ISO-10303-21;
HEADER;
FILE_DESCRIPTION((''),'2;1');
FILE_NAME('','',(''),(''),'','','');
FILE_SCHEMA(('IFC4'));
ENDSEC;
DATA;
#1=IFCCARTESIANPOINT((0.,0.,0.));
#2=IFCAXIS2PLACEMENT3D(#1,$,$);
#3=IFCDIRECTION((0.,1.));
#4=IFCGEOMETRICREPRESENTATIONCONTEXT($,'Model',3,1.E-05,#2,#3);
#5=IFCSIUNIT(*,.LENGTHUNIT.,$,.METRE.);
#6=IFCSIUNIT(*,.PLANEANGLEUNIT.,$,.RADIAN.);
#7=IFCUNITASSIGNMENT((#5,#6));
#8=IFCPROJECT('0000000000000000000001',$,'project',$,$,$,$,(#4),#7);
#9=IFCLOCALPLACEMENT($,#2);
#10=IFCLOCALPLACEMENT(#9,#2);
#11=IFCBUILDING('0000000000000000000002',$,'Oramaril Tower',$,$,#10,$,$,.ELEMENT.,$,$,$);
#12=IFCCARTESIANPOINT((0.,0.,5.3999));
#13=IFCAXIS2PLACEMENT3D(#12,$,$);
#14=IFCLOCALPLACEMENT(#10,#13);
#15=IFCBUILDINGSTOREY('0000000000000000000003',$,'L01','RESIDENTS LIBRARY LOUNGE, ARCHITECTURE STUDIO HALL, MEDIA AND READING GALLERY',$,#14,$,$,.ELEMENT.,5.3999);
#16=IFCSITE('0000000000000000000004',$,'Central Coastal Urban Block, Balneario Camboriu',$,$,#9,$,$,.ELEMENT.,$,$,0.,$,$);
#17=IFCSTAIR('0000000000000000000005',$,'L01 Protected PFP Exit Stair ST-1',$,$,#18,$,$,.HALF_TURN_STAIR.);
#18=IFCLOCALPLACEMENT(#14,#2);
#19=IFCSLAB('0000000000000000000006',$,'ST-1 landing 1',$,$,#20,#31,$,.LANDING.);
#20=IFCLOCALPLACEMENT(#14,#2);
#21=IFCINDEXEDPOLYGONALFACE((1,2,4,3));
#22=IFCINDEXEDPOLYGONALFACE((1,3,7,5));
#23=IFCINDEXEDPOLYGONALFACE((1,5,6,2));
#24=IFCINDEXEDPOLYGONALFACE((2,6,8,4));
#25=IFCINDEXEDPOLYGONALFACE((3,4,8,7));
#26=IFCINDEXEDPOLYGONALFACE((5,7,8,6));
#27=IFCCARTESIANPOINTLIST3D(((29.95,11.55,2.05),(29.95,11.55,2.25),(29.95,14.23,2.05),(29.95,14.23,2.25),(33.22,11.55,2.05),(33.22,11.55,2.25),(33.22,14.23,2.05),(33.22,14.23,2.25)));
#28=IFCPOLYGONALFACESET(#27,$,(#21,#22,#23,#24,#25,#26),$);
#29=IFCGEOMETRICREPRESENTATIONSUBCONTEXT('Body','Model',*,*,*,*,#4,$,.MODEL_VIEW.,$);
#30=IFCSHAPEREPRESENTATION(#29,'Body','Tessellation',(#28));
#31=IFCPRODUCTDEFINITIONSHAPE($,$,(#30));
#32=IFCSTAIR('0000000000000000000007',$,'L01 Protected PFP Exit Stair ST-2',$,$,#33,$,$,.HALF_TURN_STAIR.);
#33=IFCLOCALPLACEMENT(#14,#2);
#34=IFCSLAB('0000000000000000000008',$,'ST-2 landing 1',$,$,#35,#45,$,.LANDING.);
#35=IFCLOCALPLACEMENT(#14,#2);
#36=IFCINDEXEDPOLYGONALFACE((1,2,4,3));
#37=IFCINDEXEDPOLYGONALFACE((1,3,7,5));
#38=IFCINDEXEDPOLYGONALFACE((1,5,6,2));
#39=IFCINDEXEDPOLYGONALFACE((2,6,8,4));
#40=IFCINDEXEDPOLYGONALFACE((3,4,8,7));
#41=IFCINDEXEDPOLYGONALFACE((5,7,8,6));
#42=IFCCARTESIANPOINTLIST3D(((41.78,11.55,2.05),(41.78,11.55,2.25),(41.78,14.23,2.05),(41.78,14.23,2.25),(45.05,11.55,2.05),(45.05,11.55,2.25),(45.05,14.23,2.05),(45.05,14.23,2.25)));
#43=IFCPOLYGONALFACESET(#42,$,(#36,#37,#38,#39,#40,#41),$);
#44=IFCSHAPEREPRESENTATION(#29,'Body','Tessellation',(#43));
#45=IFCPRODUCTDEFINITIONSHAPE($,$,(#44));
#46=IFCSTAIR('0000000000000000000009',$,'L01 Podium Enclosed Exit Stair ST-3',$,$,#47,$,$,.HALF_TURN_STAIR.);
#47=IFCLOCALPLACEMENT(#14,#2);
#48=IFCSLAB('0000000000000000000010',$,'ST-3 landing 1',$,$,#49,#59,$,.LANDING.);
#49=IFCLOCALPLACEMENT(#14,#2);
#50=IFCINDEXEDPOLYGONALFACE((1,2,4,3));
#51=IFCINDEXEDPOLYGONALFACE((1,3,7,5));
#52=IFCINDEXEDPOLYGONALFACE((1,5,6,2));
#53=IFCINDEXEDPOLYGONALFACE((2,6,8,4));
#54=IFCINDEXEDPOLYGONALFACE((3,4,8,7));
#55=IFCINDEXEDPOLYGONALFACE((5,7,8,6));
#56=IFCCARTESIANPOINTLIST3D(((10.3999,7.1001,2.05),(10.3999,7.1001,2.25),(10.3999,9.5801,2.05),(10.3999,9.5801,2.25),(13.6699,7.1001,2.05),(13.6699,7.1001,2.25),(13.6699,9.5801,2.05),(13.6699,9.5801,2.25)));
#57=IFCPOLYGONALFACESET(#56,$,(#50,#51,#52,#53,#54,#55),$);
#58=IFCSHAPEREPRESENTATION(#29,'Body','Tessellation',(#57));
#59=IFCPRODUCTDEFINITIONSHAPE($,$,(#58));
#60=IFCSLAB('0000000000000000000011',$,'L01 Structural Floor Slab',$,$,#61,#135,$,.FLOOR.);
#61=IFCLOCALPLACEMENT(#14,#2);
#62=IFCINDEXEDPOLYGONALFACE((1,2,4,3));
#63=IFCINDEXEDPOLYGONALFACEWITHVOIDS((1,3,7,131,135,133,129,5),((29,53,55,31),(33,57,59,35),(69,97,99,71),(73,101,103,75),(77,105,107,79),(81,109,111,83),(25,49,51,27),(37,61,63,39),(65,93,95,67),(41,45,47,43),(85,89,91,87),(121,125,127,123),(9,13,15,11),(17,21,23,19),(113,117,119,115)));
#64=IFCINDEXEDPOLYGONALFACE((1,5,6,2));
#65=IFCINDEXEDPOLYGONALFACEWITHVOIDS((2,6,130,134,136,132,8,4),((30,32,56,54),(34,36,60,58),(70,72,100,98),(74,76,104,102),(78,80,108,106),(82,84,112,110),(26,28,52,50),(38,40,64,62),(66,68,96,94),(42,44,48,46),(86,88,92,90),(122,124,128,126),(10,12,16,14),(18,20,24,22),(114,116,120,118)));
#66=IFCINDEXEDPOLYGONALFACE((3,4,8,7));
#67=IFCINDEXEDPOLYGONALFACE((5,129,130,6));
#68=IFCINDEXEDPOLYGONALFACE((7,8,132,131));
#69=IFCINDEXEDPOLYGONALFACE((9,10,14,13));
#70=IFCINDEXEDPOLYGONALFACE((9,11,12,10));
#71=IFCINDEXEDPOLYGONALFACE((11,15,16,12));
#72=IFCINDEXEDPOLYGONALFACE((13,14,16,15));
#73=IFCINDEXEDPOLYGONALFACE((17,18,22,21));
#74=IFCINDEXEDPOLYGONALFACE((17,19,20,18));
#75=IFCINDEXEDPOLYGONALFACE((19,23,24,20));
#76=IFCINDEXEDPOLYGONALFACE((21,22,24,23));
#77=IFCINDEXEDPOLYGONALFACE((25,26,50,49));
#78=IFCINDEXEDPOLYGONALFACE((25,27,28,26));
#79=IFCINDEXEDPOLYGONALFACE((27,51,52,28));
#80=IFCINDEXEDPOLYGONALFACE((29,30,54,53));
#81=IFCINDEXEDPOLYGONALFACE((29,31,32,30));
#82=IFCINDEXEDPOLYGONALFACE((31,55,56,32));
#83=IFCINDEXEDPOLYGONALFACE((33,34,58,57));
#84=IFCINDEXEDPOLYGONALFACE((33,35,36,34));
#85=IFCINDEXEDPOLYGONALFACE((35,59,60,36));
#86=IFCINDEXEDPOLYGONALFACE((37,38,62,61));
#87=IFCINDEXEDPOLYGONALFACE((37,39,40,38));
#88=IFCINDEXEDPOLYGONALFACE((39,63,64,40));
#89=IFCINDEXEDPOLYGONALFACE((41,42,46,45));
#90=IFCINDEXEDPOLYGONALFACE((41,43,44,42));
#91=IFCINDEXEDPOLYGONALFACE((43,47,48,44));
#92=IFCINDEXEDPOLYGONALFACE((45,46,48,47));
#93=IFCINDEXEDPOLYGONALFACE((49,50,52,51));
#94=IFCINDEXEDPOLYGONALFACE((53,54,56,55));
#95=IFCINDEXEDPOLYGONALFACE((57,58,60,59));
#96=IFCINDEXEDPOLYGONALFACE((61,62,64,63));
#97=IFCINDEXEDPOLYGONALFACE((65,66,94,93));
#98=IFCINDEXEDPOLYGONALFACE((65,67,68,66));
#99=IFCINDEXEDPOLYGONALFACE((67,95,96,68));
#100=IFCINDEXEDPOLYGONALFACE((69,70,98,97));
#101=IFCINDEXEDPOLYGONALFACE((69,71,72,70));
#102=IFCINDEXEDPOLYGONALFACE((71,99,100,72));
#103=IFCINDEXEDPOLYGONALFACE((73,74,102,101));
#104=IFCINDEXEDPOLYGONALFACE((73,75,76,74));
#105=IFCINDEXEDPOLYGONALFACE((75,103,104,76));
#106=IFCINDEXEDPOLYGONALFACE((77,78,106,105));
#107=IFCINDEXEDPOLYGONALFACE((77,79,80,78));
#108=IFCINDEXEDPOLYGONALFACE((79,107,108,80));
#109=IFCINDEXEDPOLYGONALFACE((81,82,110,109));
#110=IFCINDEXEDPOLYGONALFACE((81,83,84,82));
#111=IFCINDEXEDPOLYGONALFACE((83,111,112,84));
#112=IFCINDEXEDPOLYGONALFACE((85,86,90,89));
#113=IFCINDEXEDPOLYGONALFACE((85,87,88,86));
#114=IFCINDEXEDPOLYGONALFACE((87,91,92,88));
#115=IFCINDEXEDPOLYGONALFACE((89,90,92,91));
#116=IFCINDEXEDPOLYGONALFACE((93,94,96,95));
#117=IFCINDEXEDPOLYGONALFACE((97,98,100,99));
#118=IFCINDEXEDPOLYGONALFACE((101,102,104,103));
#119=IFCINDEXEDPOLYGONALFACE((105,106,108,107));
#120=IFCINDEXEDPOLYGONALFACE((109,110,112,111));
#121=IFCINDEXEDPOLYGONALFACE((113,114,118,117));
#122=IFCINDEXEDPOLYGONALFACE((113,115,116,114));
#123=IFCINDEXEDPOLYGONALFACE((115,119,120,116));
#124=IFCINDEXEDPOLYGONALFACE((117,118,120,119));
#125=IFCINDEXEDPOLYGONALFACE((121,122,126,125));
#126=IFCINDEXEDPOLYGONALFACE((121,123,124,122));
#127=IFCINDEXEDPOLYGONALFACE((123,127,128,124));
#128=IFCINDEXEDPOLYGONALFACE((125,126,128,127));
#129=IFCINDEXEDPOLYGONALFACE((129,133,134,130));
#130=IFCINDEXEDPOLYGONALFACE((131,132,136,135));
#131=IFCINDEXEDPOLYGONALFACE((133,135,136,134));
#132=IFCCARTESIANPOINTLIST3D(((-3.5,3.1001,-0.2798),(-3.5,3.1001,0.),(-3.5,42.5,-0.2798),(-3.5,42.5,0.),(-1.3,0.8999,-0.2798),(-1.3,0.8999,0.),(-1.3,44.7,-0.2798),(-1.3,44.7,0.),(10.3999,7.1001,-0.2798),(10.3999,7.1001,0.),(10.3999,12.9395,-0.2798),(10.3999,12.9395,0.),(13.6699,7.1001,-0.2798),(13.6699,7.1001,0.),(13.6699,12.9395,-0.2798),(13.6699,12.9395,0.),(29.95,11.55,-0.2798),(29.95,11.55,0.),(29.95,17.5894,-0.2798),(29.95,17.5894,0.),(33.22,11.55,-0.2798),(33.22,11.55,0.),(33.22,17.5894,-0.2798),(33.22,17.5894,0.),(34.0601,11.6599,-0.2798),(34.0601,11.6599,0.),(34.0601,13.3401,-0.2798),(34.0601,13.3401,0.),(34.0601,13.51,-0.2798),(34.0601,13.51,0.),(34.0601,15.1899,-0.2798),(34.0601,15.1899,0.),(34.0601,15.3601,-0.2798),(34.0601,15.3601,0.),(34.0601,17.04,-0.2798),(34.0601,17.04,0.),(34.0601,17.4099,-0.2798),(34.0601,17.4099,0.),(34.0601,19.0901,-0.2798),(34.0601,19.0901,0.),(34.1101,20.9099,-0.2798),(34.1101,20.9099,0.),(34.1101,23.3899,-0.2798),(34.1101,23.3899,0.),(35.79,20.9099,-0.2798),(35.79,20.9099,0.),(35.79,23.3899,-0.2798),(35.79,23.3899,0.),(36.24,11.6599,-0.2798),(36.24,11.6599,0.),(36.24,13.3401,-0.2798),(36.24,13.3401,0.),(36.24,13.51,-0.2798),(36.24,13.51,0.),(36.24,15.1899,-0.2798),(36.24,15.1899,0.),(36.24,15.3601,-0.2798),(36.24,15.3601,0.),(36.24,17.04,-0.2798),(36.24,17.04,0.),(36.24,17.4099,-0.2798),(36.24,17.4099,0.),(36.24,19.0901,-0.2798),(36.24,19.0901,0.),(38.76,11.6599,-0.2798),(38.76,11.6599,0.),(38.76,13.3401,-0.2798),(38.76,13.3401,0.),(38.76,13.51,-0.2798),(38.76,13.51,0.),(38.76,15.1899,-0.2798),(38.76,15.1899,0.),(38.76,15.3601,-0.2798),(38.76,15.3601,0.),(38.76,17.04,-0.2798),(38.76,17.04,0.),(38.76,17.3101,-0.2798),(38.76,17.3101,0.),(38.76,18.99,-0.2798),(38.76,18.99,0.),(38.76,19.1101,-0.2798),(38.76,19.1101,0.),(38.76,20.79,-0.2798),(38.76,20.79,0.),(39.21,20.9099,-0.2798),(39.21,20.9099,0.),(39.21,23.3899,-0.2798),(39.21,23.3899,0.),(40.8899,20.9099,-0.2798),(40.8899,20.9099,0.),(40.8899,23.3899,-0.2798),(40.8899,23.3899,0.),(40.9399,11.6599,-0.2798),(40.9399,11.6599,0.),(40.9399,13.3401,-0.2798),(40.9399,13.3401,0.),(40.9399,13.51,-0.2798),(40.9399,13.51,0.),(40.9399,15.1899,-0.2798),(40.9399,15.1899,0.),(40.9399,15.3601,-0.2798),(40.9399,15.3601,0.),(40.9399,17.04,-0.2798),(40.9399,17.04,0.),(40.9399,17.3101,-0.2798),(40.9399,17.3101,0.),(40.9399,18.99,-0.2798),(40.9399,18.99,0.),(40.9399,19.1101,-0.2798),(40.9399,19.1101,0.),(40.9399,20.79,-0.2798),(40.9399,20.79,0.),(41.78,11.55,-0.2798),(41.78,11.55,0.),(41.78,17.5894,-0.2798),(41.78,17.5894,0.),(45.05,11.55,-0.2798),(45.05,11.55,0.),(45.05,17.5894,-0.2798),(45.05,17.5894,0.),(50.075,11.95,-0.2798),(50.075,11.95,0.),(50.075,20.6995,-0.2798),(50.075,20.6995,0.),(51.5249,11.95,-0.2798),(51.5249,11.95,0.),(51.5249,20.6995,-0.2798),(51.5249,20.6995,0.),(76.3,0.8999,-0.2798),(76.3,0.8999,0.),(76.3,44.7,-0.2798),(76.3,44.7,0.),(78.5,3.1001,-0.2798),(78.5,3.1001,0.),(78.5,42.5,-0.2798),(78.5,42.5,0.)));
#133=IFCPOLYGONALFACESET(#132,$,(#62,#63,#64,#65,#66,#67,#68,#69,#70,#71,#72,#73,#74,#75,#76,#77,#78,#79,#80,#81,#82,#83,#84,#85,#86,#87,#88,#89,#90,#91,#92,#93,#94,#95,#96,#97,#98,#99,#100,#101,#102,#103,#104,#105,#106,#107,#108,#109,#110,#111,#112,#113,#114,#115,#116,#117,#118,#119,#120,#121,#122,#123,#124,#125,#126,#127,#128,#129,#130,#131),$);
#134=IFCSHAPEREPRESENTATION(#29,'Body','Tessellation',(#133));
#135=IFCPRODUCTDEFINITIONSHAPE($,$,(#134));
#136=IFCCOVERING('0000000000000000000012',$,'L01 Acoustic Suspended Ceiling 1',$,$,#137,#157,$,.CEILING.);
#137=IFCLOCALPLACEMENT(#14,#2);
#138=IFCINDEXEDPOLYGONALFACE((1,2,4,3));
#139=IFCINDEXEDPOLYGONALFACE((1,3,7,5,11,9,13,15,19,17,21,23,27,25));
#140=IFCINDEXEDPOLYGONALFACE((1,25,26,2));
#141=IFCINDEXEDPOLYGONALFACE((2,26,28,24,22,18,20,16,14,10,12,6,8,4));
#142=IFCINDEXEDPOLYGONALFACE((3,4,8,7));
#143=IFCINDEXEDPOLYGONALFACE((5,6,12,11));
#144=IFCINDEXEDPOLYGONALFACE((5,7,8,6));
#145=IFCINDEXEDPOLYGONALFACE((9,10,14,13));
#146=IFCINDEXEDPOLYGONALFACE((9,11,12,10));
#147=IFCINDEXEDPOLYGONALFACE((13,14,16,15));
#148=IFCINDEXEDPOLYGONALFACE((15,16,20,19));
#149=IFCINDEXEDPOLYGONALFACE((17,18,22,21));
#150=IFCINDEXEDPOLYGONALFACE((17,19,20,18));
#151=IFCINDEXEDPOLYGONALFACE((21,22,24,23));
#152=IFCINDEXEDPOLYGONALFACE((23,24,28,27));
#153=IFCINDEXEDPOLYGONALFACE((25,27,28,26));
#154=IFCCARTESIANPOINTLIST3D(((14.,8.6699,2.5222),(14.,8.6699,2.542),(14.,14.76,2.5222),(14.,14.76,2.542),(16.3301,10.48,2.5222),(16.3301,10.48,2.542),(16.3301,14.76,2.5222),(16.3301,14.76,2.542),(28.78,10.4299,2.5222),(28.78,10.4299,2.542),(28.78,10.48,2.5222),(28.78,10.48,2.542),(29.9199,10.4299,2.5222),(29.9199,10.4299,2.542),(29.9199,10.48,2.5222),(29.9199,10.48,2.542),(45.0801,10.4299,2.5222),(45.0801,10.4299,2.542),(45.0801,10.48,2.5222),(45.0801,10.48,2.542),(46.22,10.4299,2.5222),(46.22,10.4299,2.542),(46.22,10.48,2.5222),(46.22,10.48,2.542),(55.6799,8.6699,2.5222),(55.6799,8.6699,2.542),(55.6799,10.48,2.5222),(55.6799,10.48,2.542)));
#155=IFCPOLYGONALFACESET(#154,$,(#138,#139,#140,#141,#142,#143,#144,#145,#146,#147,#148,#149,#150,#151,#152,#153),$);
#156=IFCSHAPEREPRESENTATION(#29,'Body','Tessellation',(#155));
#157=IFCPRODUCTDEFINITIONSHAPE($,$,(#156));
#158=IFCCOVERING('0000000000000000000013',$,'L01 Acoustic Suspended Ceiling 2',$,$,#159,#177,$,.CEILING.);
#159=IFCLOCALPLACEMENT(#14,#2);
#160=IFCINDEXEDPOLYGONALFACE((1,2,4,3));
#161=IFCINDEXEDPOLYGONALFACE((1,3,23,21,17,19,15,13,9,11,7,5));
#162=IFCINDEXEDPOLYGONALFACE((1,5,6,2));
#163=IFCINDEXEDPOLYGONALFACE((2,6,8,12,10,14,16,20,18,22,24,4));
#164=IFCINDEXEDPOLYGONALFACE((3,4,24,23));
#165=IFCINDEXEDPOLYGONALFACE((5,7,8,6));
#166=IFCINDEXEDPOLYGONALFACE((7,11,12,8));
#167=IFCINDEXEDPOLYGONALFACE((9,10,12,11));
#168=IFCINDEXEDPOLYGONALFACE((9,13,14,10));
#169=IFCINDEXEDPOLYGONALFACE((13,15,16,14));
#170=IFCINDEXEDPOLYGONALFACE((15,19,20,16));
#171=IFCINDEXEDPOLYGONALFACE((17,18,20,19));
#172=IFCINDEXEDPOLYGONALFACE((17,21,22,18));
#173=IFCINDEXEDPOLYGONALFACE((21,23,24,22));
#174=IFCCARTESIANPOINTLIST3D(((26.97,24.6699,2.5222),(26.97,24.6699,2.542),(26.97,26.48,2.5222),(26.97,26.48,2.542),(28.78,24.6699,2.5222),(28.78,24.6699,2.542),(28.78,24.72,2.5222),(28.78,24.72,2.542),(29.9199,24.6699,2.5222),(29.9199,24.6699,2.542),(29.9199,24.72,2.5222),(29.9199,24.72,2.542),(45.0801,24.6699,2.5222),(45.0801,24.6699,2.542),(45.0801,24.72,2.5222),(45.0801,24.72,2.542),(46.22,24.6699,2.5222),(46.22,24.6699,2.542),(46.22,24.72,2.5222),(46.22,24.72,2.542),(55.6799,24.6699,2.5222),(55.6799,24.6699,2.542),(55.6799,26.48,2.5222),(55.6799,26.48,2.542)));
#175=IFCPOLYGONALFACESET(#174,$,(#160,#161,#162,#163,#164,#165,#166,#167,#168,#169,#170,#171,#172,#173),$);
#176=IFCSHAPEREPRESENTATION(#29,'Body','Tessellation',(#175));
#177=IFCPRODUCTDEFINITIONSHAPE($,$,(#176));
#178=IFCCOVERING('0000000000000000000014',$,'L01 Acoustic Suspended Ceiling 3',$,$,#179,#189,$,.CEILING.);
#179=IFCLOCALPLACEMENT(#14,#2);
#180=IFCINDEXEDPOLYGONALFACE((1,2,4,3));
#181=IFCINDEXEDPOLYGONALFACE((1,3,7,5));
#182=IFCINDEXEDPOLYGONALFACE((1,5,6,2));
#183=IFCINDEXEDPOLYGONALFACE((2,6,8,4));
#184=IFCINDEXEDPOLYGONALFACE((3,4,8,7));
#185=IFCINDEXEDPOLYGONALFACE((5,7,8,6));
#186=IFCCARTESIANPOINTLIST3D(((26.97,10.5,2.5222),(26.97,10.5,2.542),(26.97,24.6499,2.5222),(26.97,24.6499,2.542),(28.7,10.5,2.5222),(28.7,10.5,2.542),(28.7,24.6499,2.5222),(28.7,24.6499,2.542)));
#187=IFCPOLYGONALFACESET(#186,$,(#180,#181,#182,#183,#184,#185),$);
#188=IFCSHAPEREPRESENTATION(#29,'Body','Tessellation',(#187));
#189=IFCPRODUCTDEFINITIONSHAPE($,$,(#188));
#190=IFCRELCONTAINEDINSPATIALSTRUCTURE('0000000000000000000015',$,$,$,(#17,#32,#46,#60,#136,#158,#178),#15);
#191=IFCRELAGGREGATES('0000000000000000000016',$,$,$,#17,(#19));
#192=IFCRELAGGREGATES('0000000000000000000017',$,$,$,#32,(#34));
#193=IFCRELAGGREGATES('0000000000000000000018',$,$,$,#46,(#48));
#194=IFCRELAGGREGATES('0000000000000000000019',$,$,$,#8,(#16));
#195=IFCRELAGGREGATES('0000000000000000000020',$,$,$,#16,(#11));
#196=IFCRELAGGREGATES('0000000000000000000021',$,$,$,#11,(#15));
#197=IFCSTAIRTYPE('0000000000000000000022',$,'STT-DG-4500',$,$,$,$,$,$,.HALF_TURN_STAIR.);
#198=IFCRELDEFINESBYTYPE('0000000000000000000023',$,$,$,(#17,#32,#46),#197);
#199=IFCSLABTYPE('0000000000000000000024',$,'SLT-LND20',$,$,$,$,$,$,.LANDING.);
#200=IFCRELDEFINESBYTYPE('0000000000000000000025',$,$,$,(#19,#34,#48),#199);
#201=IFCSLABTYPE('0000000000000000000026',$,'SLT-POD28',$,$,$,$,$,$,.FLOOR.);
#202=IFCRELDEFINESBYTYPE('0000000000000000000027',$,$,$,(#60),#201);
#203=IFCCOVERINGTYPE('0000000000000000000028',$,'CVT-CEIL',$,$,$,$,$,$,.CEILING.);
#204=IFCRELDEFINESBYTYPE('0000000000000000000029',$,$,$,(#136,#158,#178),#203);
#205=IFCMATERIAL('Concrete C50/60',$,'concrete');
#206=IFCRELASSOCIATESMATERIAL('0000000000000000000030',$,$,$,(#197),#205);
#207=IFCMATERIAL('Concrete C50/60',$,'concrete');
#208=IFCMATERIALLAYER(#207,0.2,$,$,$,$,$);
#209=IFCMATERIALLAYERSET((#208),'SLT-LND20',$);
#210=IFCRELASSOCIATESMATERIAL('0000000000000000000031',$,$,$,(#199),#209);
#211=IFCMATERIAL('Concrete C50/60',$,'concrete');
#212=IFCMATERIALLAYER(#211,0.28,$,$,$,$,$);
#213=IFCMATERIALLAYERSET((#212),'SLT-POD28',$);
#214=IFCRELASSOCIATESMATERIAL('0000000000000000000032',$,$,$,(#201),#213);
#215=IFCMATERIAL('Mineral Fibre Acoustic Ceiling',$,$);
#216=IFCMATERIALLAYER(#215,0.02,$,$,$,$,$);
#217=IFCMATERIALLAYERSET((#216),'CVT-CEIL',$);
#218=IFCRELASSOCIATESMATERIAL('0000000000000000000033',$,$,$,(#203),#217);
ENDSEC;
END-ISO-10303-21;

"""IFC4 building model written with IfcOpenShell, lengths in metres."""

from ifc_helpers import new_model, si_unit, direction, frame, origin, place, context, subcontext, project, spatial, polyline, outline, extrude, material, layer, layer_set, type_object, element, aggregate, save


model = new_model("IFC4")

# Units and contexts
model_context = context("Model", 3, precision=1e-05, world=origin(), true_north=direction((0.0, 1.0)))
body_context = subcontext(model_context, "Body", "Model", "MODEL_VIEW")
ifc_project = project(units=[si_unit("LENGTHUNIT", "METRE"), si_unit("PLANEANGLEUNIT", "RADIAN")], contexts=[model_context])

# Site, building, storey
site_placement = place(None, origin())
site = spatial("IfcSite", under=ifc_project, at=site_placement, Name="Central Coastal Urban Block, Balneario Camboriu", CompositionType="ELEMENT", RefElevation=0.0)
building_placement = place(site_placement, origin())
building = spatial("IfcBuilding", under=site, at=building_placement, Name="Oramaril Tower", CompositionType="ELEMENT")
storey_placement = place(building_placement, frame((0.0, 0.0, 5.3999)))
storey = spatial("IfcBuildingStorey", under=building, at=storey_placement, Name="L01", Description="RESIDENTS LIBRARY LOUNGE, ARCHITECTURE STUDIO HALL, MEDIA AND READING GALLERY", CompositionType="ELEMENT", Elevation=5.3999)

# Stairs, slabs
ifc_material_1 = material(Name="Concrete C50/60", Category="concrete")
stair_type = type_object("IfcStairType", Name="STT-DG-4500", PredefinedType="HALF_TURN_STAIR", material=ifc_material_1)
stair_1_placement = place(storey_placement, origin())
stair_1 = element("IfcStair", 1, at=stair_1_placement, inside=storey, type_object=stair_type, Name="L01 Protected PFP Exit Stair ST-1", PredefinedType="HALF_TURN_STAIR")
ifc_material_2 = material(Name="Concrete C50/60", Category="concrete")
ifc_layer_1 = layer(ifc_material_2, 0.2)
ifc_layer_set_1 = layer_set([ifc_layer_1], Name="SLT-LND20")
slab_type_1 = type_object("IfcSlabType", Name="SLT-LND20", PredefinedType="LANDING", material=ifc_layer_set_1)
slab_1_placement = place(storey_placement, frame((0.0, 0.0, 2.05)))
slab_1 = element("IfcSlab", 2, at=slab_1_placement, type_object=slab_type_1, Name="ST-1 landing 1", PredefinedType="LANDING", context=body_context, shape_type="SweptSolid", body=[
    extrude(outline(polyline([(29.95, 14.23), (29.95, 11.55), (33.22, 11.55), (33.22, 14.23), (29.95, 14.23)])), origin(), (0.0, 0.0, 1.0), 0.2),
])
aggregate(stair_1, [slab_1])
stair_2_placement = place(storey_placement, origin())
stair_2 = element("IfcStair", 3, at=stair_2_placement, inside=storey, type_object=stair_type, Name="L01 Protected PFP Exit Stair ST-2", PredefinedType="HALF_TURN_STAIR")
slab_2_placement = place(storey_placement, frame((0.0, 0.0, 2.05)))
slab_2 = element("IfcSlab", 4, at=slab_2_placement, type_object=slab_type_1, Name="ST-2 landing 1", PredefinedType="LANDING", context=body_context, shape_type="SweptSolid", body=[
    extrude(outline(polyline([(41.78, 14.23), (41.78, 11.55), (45.05, 11.55), (45.05, 14.23), (41.78, 14.23)])), origin(), (0.0, 0.0, 1.0), 0.2),
])
aggregate(stair_2, [slab_2])
stair_3_placement = place(storey_placement, origin())
stair_3 = element("IfcStair", 5, at=stair_3_placement, inside=storey, type_object=stair_type, Name="L01 Podium Enclosed Exit Stair ST-3", PredefinedType="HALF_TURN_STAIR")
slab_3_placement = place(storey_placement, frame((0.0, 0.0, 2.05)))
slab_3 = element("IfcSlab", 6, at=slab_3_placement, type_object=slab_type_1, Name="ST-3 landing 1", PredefinedType="LANDING", context=body_context, shape_type="SweptSolid", body=[
    extrude(outline(polyline([(10.3999, 9.5801), (10.3999, 7.1001), (13.6699, 7.1001), (13.6699, 9.5801), (10.3999, 9.5801)])), origin(), (0.0, 0.0, 1.0), 0.2),
])
aggregate(stair_3, [slab_3])

# Slab
ifc_material_3 = material(Name="Concrete C50/60", Category="concrete")
ifc_layer_2 = layer(ifc_material_3, 0.28)
ifc_layer_set_2 = layer_set([ifc_layer_2], Name="SLT-POD28")
slab_type_2 = type_object("IfcSlabType", Name="SLT-POD28", PredefinedType="FLOOR", material=ifc_layer_set_2)
slab_4_placement = place(storey_placement, frame((0.0, 0.0, -0.2798)))
element("IfcSlab", 7, at=slab_4_placement, inside=storey, type_object=slab_type_2, Name="L01 Structural Floor Slab", PredefinedType="FLOOR", context=body_context, shape_type="SweptSolid", body=[
    extrude(outline(polyline([(-1.3, 0.8999), (76.3, 0.8999), (78.5, 3.1001), (78.5, 42.5), (76.3, 44.7), (-1.3, 44.7), (-3.5, 42.5), (-3.5, 3.1001), (-1.3, 0.8999)]), holes=[polyline([(29.95, 17.5894), (29.95, 11.55), (33.22, 11.55), (33.22, 17.5894), (29.95, 17.5894)]), polyline([(41.78, 17.5894), (41.78, 11.55), (45.05, 11.55), (45.05, 17.5894), (41.78, 17.5894)]), polyline([(10.3999, 12.9395), (10.3999, 7.1001), (13.6699, 7.1001), (13.6699, 12.9395), (10.3999, 12.9395)]), polyline([(50.075, 11.95), (51.5249, 11.95), (51.5249, 20.6995), (50.075, 20.6995), (50.075, 11.95)]), polyline([(34.1101, 20.9099), (35.79, 20.9099), (35.79, 23.3899), (34.1101, 23.3899), (34.1101, 20.9099)]), polyline([(39.21, 20.9099), (40.8899, 20.9099), (40.8899, 23.3899), (39.21, 23.3899), (39.21, 20.9099)]), polyline([(34.0601, 11.6599), (36.24, 11.6599), (36.24, 13.3401), (34.0601, 13.3401), (34.0601, 11.6599)]), polyline([(34.0601, 13.51), (36.24, 13.51), (36.24, 15.1899), (34.0601, 15.1899), (34.0601, 13.51)]), polyline([(34.0601, 15.3601), (36.24, 15.3601), (36.24, 17.04), (34.0601, 17.04), (34.0601, 15.3601)]), polyline([(38.76, 11.6599), (40.9399, 11.6599), (40.9399, 13.3401), (38.76, 13.3401), (38.76, 11.6599)]), polyline([(38.76, 13.51), (40.9399, 13.51), (40.9399, 15.1899), (38.76, 15.1899), (38.76, 13.51)]), polyline([(38.76, 15.3601), (40.9399, 15.3601), (40.9399, 17.04), (38.76, 17.04), (38.76, 15.3601)]), polyline([(34.0601, 17.4099), (36.24, 17.4099), (36.24, 19.0901), (34.0601, 19.0901), (34.0601, 17.4099)]), polyline([(38.76, 17.3101), (40.9399, 17.3101), (40.9399, 18.99), (38.76, 18.99), (38.76, 17.3101)]), polyline([(38.76, 19.1101), (40.9399, 19.1101), (40.9399, 20.79), (38.76, 20.79), (38.76, 19.1101)])]), origin(), (0.0, 0.0, 1.0), 0.2798),
])

# Coverings
ifc_material_4 = material(Name="Mineral Fibre Acoustic Ceiling")
ifc_layer_3 = layer(ifc_material_4, 0.02)
ifc_layer_set_3 = layer_set([ifc_layer_3], Name="CVT-CEIL")
covering_type_1 = type_object("IfcCoveringType", Name="CVT-CEIL", PredefinedType="CEILING", material=ifc_layer_set_3)
covering_1_placement = place(storey_placement, frame((0.0, 0.0, 2.5222)))
element("IfcCovering", 8, at=covering_1_placement, inside=storey, type_object=covering_type_1, Name="L01 Acoustic Suspended Ceiling 1", PredefinedType="CEILING", context=body_context, shape_type="SweptSolid", body=[
    extrude(outline(polyline([(28.78, 10.48), (28.78, 10.4299), (29.9199, 10.4299), (29.9199, 10.48), (45.0801, 10.48), (45.0801, 10.4299), (46.22, 10.4299), (46.22, 10.48), (55.6799, 10.48), (55.6799, 8.6699), (14.0, 8.6699), (14.0, 14.76), (16.3301, 14.76), (16.3301, 10.48), (28.78, 10.48)])), origin(), (0.0, 0.0, 1.0), 0.0198),
])
covering_2_placement = place(storey_placement, frame((0.0, 0.0, 2.5222)))
element("IfcCovering", 9, at=covering_2_placement, inside=storey, type_object=covering_type_1, Name="L01 Acoustic Suspended Ceiling 2", PredefinedType="CEILING", context=body_context, shape_type="SweptSolid", body=[
    extrude(outline(polyline([(55.6799, 26.48), (55.6799, 24.6699), (46.22, 24.6699), (46.22, 24.72), (45.0801, 24.72), (45.0801, 24.6699), (29.9199, 24.6699), (29.9199, 24.72), (28.78, 24.72), (28.78, 24.6699), (26.97, 24.6699), (26.97, 26.48), (55.6799, 26.48)])), origin(), (0.0, 0.0, 1.0), 0.0198),
])
covering_3_placement = place(storey_placement, frame((0.0, 0.0, 2.5222)))
element("IfcCovering", 10, at=covering_3_placement, inside=storey, type_object=covering_type_1, Name="L01 Acoustic Suspended Ceiling 3", PredefinedType="CEILING", context=body_context, shape_type="SweptSolid", body=[
    extrude(outline(polyline([(28.7, 10.5), (26.97, 10.5), (26.97, 24.6499), (28.7, 24.6499), (28.7, 10.5)])), origin(), (0.0, 0.0, 1.0), 0.0198),
])

save(model, "model.ifc")
